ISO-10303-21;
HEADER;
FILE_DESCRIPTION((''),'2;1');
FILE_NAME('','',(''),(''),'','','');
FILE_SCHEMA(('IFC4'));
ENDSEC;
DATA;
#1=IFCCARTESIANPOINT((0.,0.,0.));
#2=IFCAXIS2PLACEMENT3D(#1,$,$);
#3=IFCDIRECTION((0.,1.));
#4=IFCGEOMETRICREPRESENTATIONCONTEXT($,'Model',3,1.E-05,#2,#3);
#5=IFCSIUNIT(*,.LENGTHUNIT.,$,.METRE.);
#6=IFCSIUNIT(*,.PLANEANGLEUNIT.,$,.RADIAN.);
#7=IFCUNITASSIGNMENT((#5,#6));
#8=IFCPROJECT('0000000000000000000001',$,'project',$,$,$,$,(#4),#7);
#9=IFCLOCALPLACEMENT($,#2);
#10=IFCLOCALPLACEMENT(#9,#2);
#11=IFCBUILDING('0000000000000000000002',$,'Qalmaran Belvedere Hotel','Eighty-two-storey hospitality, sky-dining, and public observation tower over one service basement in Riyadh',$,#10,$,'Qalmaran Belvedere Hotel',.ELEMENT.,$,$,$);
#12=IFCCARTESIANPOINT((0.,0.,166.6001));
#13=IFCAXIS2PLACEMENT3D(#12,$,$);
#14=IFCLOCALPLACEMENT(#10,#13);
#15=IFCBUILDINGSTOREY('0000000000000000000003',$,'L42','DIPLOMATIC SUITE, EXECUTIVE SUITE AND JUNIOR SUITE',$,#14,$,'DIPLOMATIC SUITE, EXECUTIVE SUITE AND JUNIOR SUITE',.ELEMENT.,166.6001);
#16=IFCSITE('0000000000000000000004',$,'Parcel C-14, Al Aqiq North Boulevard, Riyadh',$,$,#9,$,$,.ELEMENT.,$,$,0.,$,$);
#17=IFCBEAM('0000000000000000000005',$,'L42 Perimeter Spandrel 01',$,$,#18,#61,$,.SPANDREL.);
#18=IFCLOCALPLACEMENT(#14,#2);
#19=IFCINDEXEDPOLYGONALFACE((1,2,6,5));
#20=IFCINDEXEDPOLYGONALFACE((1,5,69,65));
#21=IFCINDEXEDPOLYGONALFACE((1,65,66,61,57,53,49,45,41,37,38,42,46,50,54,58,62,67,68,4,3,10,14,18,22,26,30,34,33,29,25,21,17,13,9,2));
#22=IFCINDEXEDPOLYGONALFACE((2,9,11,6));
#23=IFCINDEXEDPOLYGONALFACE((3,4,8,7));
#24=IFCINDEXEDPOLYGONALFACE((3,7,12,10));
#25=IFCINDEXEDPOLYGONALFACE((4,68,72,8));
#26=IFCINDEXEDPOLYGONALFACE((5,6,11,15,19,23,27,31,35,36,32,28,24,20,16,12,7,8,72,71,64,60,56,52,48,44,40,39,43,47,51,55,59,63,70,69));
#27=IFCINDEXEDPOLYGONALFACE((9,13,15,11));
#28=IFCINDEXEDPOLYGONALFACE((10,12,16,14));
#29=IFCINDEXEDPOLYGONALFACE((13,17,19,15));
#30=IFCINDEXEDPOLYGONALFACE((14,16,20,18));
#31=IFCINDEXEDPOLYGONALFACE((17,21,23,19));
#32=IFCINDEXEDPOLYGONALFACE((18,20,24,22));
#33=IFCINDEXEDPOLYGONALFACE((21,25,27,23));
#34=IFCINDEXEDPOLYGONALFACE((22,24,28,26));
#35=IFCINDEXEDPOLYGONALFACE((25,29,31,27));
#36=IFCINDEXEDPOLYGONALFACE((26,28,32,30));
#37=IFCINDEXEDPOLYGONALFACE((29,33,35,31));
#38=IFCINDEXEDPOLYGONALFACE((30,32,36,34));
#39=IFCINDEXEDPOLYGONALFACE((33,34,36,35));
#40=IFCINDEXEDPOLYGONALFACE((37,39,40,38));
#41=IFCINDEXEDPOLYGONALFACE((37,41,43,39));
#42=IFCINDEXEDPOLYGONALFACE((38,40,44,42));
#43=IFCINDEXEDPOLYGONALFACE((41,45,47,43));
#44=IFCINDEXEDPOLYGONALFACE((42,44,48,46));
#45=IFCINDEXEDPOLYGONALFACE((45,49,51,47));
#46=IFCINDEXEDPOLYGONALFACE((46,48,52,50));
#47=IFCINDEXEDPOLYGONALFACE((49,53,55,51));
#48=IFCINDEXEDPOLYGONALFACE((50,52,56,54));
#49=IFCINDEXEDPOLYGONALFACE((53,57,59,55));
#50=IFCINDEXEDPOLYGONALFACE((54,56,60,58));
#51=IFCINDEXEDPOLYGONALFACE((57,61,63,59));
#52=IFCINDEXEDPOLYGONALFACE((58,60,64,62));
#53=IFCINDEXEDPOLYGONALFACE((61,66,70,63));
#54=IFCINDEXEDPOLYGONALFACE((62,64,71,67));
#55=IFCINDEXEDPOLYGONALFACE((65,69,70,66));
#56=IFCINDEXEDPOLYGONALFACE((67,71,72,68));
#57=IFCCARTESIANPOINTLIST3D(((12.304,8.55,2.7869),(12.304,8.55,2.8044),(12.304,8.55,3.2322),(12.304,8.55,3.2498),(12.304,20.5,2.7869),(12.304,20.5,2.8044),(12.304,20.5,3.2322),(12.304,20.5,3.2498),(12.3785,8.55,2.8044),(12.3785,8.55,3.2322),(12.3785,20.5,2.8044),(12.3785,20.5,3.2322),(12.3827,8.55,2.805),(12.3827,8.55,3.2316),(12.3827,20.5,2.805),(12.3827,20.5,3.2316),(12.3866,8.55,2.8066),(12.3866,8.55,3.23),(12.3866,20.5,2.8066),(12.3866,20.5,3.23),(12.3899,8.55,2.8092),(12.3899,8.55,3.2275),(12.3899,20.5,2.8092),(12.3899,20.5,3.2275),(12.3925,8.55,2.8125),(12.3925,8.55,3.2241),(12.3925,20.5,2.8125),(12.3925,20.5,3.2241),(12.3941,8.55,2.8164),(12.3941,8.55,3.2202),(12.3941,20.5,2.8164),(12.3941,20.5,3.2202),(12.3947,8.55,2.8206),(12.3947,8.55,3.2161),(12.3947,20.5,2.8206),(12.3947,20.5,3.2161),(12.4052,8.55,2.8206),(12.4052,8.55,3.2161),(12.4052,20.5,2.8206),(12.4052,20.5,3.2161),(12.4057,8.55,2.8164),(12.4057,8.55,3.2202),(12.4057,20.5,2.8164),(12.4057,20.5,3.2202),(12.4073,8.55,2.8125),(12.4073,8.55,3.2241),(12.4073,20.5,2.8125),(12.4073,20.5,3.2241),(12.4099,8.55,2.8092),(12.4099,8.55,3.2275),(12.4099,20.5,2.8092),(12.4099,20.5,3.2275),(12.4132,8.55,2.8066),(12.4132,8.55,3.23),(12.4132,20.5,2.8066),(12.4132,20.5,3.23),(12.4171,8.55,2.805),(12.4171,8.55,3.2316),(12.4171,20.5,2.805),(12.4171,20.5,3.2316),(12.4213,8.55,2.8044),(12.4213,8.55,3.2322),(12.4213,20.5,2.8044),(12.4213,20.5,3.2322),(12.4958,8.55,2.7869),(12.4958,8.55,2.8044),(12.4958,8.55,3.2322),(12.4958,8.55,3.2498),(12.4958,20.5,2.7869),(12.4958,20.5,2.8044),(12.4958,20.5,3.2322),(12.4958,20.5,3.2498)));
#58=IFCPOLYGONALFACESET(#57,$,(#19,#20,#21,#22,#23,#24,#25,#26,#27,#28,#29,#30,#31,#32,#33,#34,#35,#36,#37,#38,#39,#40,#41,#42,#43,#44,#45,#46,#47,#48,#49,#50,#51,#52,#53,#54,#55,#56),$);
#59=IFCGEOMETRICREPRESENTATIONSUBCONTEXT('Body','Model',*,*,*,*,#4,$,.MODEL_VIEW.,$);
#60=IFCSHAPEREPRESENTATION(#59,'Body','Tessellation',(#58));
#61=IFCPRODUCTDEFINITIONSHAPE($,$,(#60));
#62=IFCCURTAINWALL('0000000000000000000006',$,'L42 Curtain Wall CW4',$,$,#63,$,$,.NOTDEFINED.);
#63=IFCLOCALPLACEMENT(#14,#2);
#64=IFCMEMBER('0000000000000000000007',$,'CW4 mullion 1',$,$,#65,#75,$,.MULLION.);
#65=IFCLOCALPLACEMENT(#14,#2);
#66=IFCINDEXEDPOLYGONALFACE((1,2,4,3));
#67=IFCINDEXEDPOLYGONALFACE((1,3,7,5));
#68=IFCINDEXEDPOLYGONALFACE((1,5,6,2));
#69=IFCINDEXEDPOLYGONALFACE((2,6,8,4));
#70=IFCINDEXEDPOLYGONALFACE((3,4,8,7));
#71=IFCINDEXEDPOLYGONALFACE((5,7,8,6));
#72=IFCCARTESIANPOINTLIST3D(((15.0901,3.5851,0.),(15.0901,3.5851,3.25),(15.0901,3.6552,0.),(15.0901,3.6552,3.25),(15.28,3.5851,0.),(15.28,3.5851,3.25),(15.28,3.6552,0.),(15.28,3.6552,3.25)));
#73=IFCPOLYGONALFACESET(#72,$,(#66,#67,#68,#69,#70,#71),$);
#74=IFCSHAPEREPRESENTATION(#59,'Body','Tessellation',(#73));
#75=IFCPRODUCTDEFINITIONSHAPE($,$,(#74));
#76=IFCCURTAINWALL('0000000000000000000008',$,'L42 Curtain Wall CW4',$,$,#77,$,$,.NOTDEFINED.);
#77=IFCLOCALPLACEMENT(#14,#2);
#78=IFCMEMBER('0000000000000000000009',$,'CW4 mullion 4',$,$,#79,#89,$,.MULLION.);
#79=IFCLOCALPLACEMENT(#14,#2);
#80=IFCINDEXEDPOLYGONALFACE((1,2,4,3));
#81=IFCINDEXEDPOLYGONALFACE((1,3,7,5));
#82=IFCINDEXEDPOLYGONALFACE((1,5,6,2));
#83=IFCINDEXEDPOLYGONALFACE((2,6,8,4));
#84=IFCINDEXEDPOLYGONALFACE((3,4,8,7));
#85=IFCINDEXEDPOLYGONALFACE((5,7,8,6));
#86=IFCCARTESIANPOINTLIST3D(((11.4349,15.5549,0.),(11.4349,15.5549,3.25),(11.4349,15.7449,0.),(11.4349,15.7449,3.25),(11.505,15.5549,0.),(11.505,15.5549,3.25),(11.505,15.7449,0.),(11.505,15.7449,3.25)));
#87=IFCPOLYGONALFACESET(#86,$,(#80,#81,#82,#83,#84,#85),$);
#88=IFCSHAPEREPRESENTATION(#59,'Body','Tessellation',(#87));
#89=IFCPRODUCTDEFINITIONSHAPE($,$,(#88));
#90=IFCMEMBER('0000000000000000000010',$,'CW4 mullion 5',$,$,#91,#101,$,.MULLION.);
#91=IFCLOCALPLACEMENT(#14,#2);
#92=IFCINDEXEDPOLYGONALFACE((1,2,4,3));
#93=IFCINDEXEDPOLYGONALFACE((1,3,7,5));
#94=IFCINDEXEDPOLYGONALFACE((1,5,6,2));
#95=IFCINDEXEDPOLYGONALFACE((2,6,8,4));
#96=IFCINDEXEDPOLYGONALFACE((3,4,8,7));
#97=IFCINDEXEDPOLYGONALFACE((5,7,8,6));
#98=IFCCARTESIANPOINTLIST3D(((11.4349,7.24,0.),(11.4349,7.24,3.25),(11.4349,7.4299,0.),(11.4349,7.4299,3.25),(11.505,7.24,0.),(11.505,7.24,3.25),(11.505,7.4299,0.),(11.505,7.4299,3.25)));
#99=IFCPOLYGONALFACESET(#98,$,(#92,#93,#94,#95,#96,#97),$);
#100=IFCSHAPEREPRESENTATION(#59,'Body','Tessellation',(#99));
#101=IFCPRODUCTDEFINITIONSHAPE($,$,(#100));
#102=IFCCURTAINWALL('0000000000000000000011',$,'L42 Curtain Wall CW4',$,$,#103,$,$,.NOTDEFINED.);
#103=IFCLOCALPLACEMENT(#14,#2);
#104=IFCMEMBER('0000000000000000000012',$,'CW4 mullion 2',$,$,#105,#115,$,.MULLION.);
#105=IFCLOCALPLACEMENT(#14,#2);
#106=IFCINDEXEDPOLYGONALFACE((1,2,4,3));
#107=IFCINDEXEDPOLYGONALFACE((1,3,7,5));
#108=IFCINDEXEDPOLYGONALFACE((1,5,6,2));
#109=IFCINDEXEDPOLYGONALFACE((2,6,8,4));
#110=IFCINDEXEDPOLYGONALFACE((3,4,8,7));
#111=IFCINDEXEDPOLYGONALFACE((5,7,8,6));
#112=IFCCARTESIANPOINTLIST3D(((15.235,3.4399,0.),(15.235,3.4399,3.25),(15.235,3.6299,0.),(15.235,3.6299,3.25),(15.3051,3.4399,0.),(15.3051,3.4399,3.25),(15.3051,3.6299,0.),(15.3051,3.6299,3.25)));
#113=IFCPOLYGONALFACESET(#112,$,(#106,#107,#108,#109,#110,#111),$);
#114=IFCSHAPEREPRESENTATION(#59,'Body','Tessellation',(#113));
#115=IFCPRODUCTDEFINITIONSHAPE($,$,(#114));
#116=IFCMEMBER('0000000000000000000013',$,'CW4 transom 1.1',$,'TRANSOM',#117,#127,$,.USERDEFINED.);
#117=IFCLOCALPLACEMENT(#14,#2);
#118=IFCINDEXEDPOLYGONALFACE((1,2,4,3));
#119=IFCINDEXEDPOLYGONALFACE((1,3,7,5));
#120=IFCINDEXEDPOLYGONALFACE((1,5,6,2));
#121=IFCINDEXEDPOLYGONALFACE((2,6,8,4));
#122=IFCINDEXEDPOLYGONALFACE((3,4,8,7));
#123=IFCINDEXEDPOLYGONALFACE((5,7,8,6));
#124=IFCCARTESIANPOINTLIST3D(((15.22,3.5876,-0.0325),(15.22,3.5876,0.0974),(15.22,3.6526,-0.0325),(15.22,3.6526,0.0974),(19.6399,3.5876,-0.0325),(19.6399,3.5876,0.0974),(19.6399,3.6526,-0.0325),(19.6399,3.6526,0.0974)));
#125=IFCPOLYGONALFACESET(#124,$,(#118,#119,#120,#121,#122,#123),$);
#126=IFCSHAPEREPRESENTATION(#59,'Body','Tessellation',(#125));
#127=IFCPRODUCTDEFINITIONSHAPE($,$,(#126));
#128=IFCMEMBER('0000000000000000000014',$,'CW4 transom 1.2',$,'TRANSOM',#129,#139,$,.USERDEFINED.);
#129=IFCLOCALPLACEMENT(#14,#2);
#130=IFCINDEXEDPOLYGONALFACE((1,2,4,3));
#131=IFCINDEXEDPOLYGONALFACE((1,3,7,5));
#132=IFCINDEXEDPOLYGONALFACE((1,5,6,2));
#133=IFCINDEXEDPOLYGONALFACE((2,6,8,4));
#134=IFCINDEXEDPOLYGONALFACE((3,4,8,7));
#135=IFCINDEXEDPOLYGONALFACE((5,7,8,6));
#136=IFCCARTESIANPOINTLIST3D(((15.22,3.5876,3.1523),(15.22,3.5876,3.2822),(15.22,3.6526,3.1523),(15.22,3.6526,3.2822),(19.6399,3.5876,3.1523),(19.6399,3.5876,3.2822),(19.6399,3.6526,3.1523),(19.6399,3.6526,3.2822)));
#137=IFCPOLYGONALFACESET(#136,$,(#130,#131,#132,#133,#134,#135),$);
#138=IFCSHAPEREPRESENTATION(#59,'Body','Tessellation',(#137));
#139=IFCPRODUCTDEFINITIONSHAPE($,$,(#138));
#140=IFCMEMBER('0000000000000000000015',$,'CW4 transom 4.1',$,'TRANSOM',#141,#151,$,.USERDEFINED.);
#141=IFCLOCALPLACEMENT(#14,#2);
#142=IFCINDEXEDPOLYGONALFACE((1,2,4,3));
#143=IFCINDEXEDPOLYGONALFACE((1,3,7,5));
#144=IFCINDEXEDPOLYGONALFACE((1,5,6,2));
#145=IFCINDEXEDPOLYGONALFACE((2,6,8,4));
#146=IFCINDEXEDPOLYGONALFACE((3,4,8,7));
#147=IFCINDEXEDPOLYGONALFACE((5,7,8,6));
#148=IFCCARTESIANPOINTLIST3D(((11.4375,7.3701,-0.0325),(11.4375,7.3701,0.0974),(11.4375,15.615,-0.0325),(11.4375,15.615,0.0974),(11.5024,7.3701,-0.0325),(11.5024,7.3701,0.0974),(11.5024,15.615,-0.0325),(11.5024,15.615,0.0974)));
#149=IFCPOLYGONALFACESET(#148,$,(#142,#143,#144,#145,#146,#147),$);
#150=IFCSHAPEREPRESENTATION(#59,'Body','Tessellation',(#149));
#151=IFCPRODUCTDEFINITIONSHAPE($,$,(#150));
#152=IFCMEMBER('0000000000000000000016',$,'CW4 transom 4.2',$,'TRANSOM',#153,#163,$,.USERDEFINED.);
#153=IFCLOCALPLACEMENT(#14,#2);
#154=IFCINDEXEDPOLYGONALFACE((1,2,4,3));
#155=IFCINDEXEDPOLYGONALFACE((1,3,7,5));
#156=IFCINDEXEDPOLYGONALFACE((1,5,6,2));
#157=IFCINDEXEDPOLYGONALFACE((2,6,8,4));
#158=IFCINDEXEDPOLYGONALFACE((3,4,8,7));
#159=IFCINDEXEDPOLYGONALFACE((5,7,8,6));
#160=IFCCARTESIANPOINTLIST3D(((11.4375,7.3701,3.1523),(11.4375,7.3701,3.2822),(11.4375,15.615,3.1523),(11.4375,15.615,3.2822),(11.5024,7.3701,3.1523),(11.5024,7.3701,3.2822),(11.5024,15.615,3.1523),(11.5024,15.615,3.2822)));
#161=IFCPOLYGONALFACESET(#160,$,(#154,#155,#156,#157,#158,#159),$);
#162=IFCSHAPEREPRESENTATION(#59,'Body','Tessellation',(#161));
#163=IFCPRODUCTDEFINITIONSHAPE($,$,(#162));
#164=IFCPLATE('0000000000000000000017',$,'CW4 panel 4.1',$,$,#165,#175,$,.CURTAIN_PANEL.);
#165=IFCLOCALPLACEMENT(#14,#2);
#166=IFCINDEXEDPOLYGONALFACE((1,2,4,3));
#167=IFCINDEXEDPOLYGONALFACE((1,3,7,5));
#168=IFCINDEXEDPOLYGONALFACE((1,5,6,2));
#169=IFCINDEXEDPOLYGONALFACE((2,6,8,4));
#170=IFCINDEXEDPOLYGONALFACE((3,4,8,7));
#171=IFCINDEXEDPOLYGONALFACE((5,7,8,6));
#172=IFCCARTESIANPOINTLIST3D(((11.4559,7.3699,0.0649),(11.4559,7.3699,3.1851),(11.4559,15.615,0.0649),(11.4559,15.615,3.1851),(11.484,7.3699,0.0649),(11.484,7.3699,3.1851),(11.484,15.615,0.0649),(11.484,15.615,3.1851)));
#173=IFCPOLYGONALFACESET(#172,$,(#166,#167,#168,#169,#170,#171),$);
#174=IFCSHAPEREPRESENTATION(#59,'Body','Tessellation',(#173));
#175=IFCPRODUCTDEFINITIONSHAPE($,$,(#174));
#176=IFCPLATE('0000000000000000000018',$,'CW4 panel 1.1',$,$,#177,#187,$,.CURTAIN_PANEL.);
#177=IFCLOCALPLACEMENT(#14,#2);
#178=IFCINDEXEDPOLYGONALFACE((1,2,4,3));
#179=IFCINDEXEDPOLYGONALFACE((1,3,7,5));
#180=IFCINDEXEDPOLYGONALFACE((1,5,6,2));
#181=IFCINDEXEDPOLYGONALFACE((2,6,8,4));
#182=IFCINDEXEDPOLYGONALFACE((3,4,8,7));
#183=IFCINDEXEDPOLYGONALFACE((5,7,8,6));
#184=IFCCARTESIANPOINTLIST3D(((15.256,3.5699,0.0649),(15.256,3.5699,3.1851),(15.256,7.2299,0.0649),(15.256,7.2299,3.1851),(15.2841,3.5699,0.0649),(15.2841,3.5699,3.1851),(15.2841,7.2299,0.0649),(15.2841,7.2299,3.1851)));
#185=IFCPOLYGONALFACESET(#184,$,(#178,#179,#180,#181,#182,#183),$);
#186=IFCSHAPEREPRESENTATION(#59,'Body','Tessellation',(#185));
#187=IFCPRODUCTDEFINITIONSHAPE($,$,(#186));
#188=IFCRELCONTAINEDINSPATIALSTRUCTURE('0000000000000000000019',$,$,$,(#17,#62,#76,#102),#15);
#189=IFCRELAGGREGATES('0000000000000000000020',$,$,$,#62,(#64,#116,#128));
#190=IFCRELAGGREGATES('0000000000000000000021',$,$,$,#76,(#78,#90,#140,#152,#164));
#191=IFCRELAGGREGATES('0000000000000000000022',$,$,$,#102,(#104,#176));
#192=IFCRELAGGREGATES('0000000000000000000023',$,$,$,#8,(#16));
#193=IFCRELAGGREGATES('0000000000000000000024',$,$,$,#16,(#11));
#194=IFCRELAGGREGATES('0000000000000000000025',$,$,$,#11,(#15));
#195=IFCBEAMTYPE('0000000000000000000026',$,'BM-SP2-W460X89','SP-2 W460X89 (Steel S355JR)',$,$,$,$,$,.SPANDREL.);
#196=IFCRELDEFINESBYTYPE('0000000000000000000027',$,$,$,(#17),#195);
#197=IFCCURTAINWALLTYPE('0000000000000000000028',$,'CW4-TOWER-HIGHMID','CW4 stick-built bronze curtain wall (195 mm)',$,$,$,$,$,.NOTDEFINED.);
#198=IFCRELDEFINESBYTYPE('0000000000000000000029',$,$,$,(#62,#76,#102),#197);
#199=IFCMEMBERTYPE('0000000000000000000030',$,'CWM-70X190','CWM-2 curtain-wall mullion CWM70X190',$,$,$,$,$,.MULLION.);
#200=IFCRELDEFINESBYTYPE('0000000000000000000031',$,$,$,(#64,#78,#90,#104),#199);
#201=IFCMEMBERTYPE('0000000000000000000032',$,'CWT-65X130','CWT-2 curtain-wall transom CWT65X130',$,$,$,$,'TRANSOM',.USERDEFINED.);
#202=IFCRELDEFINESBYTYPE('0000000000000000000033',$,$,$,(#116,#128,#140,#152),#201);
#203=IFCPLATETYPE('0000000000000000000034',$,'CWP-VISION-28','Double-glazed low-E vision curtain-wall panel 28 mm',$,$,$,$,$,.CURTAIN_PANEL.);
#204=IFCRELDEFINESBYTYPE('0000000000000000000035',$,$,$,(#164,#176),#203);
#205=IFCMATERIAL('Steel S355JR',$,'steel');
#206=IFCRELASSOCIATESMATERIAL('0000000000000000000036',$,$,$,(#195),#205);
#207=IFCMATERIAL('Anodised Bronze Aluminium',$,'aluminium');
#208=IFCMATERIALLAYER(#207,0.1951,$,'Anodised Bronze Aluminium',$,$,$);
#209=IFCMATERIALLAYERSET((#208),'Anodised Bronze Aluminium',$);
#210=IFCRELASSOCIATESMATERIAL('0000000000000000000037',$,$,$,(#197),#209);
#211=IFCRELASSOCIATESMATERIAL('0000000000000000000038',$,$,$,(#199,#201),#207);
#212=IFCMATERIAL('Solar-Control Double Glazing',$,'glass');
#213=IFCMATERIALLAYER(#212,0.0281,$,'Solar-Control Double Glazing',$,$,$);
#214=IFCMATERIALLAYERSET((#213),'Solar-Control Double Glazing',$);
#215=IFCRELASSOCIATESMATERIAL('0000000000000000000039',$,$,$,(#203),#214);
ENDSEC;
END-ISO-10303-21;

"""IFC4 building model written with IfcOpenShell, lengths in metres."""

from ifc_helpers import new_model, si_unit, direction, frame, origin, origin_2d, place, context, subcontext, project, spatial, rectangle, i_section, extrude, material, layer, layer_set, material_profile, profile_set, type_object, element, aggregate, save


model = new_model("IFC4")

# Units and contexts
model_context = context("Model", 3, precision=1e-05, world=origin(), true_north=direction((0.0, 1.0)))
body_context = subcontext(model_context, "Body", "Model", "MODEL_VIEW")
ifc_project = project(units=[si_unit("LENGTHUNIT", "METRE"), si_unit("PLANEANGLEUNIT", "RADIAN")], contexts=[model_context])

# Site, building, storey
site_placement = place(None, origin())
site = spatial("IfcSite", under=ifc_project, at=site_placement, Name="Parcel C-14, Al Aqiq North Boulevard, Riyadh", CompositionType="ELEMENT", RefElevation=0.0)
building_placement = place(site_placement, origin())
building = spatial("IfcBuilding", under=site, at=building_placement, Name="Qalmaran Belvedere Hotel", Description="Eighty-two-storey hospitality, sky-dining, and public observation tower over one service basement in Riyadh", LongName="Qalmaran Belvedere Hotel", CompositionType="ELEMENT")
storey_placement = place(building_placement, frame((0.0, 0.0, 166.6001)))
storey = spatial("IfcBuildingStorey", under=building, at=storey_placement, Name="L42", Description="DIPLOMATIC SUITE, EXECUTIVE SUITE AND JUNIOR SUITE", LongName="DIPLOMATIC SUITE, EXECUTIVE SUITE AND JUNIOR SUITE", CompositionType="ELEMENT", Elevation=166.6001)

# Beam
ifc_material_1 = material(Name="Steel S355JR", Category="steel")
ifc_material_profile_1 = material_profile(ifc_material_1, i_section(OverallWidth=0.1919, OverallDepth=0.4629, WebThickness=0.0105, FlangeThickness=0.0176, FilletRadius=0.0161, at=origin_2d()), Name="W460X89")
ifc_profile_set_1 = profile_set([ifc_material_profile_1], Name="Steel S355JR")
beam_type_1 = type_object("IfcBeamType", Name="BM-SP2-W460X89", Description="SP-2 W460X89 (Steel S355JR)", PredefinedType="SPANDREL", material=ifc_profile_set_1)
beam_1_placement = place(storey_placement, frame((12.3999, 8.55, 3.0183), z_axis=(0.0, 1.0, 0.0), x_axis=(-1.0, 0.0, 0.0)))
element("IfcBeam", 1, at=beam_1_placement, inside=storey, type_object=beam_type_1, Name="L42 Perimeter Spandrel 01", PredefinedType="SPANDREL", context=body_context, shape_type="SweptSolid", body=[
    extrude(i_section(OverallWidth=0.1919, OverallDepth=0.4629, WebThickness=0.0105, FlangeThickness=0.0176, FilletRadius=0.0161, at=origin_2d()), origin(), (0.0, 0.0, 1.0), 11.95),
])

# Curtain wall, member
ifc_material_2 = material(Name="Anodised Bronze Aluminium", Category="aluminium")
ifc_layer_1 = layer(ifc_material_2, 0.1951, Name="Anodised Bronze Aluminium")
ifc_layer_set_1 = layer_set([ifc_layer_1], Name="Anodised Bronze Aluminium")
curtain_wall_type = type_object("IfcCurtainWallType", Name="CW4-TOWER-HIGHMID", Description="CW4 stick-built bronze curtain wall (195 mm)", PredefinedType="NOTDEFINED", material=ifc_layer_set_1)
curtain_wall_1_placement = place(storey_placement, origin())
curtain_wall_1 = element("IfcCurtainWall", 2, at=curtain_wall_1_placement, inside=storey, type_object=curtain_wall_type, Name="L42 Curtain Wall CW4", PredefinedType="NOTDEFINED")
ifc_material_profile_2 = material_profile(ifc_material_2, rectangle(XDim=0.0701, YDim=0.1899, at=origin_2d()), Name="CWM70X190")
ifc_profile_set_2 = profile_set([ifc_material_profile_2], Name="Anodised Bronze Aluminium")
member_type_1 = type_object("IfcMemberType", Name="CWM-70X190", Description="CWM-2 curtain-wall mullion CWM70X190", PredefinedType="MULLION", material=ifc_profile_set_2)
member_1_placement = place(storey_placement, frame((15.1851, 3.6201, 0.0), z_axis=(0.0, 0.0, 1.0), x_axis=(0.0, 1.0, 0.0)))
member_1 = element("IfcMember", 3, at=member_1_placement, type_object=member_type_1, Name="CW4 mullion 1", PredefinedType="MULLION", context=body_context, shape_type="SweptSolid", body=[
    extrude(rectangle(XDim=0.0701, YDim=0.1899, at=origin_2d()), origin(), (0.0, 0.0, 1.0), 3.25),
])

# Curtain wall, members
curtain_wall_2_placement = place(storey_placement, origin())
curtain_wall_2 = element("IfcCurtainWall", 4, at=curtain_wall_2_placement, inside=storey, type_object=curtain_wall_type, Name="L42 Curtain Wall CW4", PredefinedType="NOTDEFINED")
member_2_placement = place(storey_placement, frame((11.47, 15.6499, 0.0), z_axis=(0.0, 0.0, 1.0), x_axis=(1.0, 0.0, 0.0)))
member_2 = element("IfcMember", 5, at=member_2_placement, type_object=member_type_1, Name="CW4 mullion 4", PredefinedType="MULLION", context=body_context, shape_type="SweptSolid", body=[
    extrude(rectangle(XDim=0.0701, YDim=0.1899, at=origin_2d()), origin(), (0.0, 0.0, 1.0), 3.25),
])
member_3_placement = place(storey_placement, frame((11.47, 7.335, 0.0), z_axis=(0.0, 0.0, 1.0), x_axis=(1.0, 0.0, 0.0)))
member_3 = element("IfcMember", 6, at=member_3_placement, type_object=member_type_1, Name="CW4 mullion 5", PredefinedType="MULLION", context=body_context, shape_type="SweptSolid", body=[
    extrude(rectangle(XDim=0.0701, YDim=0.1899, at=origin_2d()), origin(), (0.0, 0.0, 1.0), 3.25),
])

# Curtain wall, member
curtain_wall_3_placement = place(storey_placement, origin())
curtain_wall_3 = element("IfcCurtainWall", 7, at=curtain_wall_3_placement, inside=storey, type_object=curtain_wall_type, Name="L42 Curtain Wall CW4", PredefinedType="NOTDEFINED")
member_4_placement = place(storey_placement, frame((15.27, 3.5349, 0.0), z_axis=(0.0, 0.0, 1.0), x_axis=(1.0, 0.0, 0.0)))
member_4 = element("IfcMember", 8, at=member_4_placement, type_object=member_type_1, Name="CW4 mullion 2", PredefinedType="MULLION", context=body_context, shape_type="SweptSolid", body=[
    extrude(rectangle(XDim=0.0701, YDim=0.1899, at=origin_2d()), origin(), (0.0, 0.0, 1.0), 3.25),
])

# Members
ifc_material_profile_3 = material_profile(ifc_material_2, rectangle(XDim=0.0649, YDim=0.1299, at=origin_2d()), Name="CWT65X130")
ifc_profile_set_3 = profile_set([ifc_material_profile_3], Name="Anodised Bronze Aluminium")
member_type_2 = type_object("IfcMemberType", Name="CWT-65X130", Description="CWT-2 curtain-wall transom CWT65X130", ElementType="TRANSOM", PredefinedType="USERDEFINED", material=ifc_profile_set_3)
member_5_placement = place(storey_placement, frame((15.22, 3.6201, 0.0325), z_axis=(1.0, 0.0, 0.0), x_axis=(0.0, 1.0, 0.0)))
member_5 = element("IfcMember", 9, at=member_5_placement, type_object=member_type_2, Name="CW4 transom 1.1", ObjectType="TRANSOM", PredefinedType="USERDEFINED", context=body_context, shape_type="SweptSolid", body=[
    extrude(rectangle(XDim=0.0649, YDim=0.1299, at=origin_2d()), origin(), (0.0, 0.0, 1.0), 4.4199),
])
member_6_placement = place(storey_placement, frame((15.22, 3.6201, 3.2173), z_axis=(1.0, 0.0, 0.0), x_axis=(0.0, 1.0, 0.0)))
member_6 = element("IfcMember", 10, at=member_6_placement, type_object=member_type_2, Name="CW4 transom 1.2", ObjectType="TRANSOM", PredefinedType="USERDEFINED", context=body_context, shape_type="SweptSolid", body=[
    extrude(rectangle(XDim=0.0649, YDim=0.1299, at=origin_2d()), origin(), (0.0, 0.0, 1.0), 4.4199),
])
aggregate(curtain_wall_1, [member_1, member_5, member_6])
member_7_placement = place(storey_placement, frame((11.47, 15.615, 0.0325), z_axis=(0.0, -1.0, 0.0), x_axis=(1.0, 0.0, 0.0)))
member_7 = element("IfcMember", 11, at=member_7_placement, type_object=member_type_2, Name="CW4 transom 4.1", ObjectType="TRANSOM", PredefinedType="USERDEFINED", context=body_context, shape_type="SweptSolid", body=[
    extrude(rectangle(XDim=0.0649, YDim=0.1299, at=origin_2d()), origin(), (0.0, 0.0, 1.0), 8.2449),
])
member_8_placement = place(storey_placement, frame((11.47, 15.615, 3.2173), z_axis=(0.0, -1.0, 0.0), x_axis=(1.0, 0.0, 0.0)))
member_8 = element("IfcMember", 12, at=member_8_placement, type_object=member_type_2, Name="CW4 transom 4.2", ObjectType="TRANSOM", PredefinedType="USERDEFINED", context=body_context, shape_type="SweptSolid", body=[
    extrude(rectangle(XDim=0.0649, YDim=0.1299, at=origin_2d()), origin(), (0.0, 0.0, 1.0), 8.2449),
])

# Plates
ifc_material_3 = material(Name="Solar-Control Double Glazing", Category="glass")
ifc_layer_2 = layer(ifc_material_3, 0.0281, Name="Solar-Control Double Glazing")
ifc_layer_set_2 = layer_set([ifc_layer_2], Name="Solar-Control Double Glazing")
plate_type = type_object("IfcPlateType", Name="CWP-VISION-28", Description="Double-glazed low-E vision curtain-wall panel 28 mm", PredefinedType="CURTAIN_PANEL", material=ifc_layer_set_2)
plate_1_placement = place(storey_placement, frame((11.47, 11.4924, 0.0649), z_axis=(0.0, 0.0, 1.0), x_axis=(0.0, -1.0, 0.0)))
plate_1 = element("IfcPlate", 13, at=plate_1_placement, type_object=plate_type, Name="CW4 panel 4.1", PredefinedType="CURTAIN_PANEL", context=body_context, shape_type="SweptSolid", body=[
    extrude(rectangle(XDim=8.2451, YDim=0.0281, at=origin_2d()), origin(), (0.0, 0.0, 1.0), 3.1201),
])
aggregate(curtain_wall_2, [member_2, member_3, member_7, member_8, plate_1])
plate_2_placement = place(storey_placement, frame((15.27, 5.3999, 0.0649), z_axis=(0.0, 0.0, 1.0), x_axis=(0.0, -1.0, 0.0)))
plate_2 = element("IfcPlate", 14, at=plate_2_placement, type_object=plate_type, Name="CW4 panel 1.1", PredefinedType="CURTAIN_PANEL", context=body_context, shape_type="SweptSolid", body=[
    extrude(rectangle(XDim=3.6599, YDim=0.0281, at=origin_2d()), origin(), (0.0, 0.0, 1.0), 3.1201),
])
aggregate(curtain_wall_3, [member_4, plate_2])

save(model, "model.ifc")
